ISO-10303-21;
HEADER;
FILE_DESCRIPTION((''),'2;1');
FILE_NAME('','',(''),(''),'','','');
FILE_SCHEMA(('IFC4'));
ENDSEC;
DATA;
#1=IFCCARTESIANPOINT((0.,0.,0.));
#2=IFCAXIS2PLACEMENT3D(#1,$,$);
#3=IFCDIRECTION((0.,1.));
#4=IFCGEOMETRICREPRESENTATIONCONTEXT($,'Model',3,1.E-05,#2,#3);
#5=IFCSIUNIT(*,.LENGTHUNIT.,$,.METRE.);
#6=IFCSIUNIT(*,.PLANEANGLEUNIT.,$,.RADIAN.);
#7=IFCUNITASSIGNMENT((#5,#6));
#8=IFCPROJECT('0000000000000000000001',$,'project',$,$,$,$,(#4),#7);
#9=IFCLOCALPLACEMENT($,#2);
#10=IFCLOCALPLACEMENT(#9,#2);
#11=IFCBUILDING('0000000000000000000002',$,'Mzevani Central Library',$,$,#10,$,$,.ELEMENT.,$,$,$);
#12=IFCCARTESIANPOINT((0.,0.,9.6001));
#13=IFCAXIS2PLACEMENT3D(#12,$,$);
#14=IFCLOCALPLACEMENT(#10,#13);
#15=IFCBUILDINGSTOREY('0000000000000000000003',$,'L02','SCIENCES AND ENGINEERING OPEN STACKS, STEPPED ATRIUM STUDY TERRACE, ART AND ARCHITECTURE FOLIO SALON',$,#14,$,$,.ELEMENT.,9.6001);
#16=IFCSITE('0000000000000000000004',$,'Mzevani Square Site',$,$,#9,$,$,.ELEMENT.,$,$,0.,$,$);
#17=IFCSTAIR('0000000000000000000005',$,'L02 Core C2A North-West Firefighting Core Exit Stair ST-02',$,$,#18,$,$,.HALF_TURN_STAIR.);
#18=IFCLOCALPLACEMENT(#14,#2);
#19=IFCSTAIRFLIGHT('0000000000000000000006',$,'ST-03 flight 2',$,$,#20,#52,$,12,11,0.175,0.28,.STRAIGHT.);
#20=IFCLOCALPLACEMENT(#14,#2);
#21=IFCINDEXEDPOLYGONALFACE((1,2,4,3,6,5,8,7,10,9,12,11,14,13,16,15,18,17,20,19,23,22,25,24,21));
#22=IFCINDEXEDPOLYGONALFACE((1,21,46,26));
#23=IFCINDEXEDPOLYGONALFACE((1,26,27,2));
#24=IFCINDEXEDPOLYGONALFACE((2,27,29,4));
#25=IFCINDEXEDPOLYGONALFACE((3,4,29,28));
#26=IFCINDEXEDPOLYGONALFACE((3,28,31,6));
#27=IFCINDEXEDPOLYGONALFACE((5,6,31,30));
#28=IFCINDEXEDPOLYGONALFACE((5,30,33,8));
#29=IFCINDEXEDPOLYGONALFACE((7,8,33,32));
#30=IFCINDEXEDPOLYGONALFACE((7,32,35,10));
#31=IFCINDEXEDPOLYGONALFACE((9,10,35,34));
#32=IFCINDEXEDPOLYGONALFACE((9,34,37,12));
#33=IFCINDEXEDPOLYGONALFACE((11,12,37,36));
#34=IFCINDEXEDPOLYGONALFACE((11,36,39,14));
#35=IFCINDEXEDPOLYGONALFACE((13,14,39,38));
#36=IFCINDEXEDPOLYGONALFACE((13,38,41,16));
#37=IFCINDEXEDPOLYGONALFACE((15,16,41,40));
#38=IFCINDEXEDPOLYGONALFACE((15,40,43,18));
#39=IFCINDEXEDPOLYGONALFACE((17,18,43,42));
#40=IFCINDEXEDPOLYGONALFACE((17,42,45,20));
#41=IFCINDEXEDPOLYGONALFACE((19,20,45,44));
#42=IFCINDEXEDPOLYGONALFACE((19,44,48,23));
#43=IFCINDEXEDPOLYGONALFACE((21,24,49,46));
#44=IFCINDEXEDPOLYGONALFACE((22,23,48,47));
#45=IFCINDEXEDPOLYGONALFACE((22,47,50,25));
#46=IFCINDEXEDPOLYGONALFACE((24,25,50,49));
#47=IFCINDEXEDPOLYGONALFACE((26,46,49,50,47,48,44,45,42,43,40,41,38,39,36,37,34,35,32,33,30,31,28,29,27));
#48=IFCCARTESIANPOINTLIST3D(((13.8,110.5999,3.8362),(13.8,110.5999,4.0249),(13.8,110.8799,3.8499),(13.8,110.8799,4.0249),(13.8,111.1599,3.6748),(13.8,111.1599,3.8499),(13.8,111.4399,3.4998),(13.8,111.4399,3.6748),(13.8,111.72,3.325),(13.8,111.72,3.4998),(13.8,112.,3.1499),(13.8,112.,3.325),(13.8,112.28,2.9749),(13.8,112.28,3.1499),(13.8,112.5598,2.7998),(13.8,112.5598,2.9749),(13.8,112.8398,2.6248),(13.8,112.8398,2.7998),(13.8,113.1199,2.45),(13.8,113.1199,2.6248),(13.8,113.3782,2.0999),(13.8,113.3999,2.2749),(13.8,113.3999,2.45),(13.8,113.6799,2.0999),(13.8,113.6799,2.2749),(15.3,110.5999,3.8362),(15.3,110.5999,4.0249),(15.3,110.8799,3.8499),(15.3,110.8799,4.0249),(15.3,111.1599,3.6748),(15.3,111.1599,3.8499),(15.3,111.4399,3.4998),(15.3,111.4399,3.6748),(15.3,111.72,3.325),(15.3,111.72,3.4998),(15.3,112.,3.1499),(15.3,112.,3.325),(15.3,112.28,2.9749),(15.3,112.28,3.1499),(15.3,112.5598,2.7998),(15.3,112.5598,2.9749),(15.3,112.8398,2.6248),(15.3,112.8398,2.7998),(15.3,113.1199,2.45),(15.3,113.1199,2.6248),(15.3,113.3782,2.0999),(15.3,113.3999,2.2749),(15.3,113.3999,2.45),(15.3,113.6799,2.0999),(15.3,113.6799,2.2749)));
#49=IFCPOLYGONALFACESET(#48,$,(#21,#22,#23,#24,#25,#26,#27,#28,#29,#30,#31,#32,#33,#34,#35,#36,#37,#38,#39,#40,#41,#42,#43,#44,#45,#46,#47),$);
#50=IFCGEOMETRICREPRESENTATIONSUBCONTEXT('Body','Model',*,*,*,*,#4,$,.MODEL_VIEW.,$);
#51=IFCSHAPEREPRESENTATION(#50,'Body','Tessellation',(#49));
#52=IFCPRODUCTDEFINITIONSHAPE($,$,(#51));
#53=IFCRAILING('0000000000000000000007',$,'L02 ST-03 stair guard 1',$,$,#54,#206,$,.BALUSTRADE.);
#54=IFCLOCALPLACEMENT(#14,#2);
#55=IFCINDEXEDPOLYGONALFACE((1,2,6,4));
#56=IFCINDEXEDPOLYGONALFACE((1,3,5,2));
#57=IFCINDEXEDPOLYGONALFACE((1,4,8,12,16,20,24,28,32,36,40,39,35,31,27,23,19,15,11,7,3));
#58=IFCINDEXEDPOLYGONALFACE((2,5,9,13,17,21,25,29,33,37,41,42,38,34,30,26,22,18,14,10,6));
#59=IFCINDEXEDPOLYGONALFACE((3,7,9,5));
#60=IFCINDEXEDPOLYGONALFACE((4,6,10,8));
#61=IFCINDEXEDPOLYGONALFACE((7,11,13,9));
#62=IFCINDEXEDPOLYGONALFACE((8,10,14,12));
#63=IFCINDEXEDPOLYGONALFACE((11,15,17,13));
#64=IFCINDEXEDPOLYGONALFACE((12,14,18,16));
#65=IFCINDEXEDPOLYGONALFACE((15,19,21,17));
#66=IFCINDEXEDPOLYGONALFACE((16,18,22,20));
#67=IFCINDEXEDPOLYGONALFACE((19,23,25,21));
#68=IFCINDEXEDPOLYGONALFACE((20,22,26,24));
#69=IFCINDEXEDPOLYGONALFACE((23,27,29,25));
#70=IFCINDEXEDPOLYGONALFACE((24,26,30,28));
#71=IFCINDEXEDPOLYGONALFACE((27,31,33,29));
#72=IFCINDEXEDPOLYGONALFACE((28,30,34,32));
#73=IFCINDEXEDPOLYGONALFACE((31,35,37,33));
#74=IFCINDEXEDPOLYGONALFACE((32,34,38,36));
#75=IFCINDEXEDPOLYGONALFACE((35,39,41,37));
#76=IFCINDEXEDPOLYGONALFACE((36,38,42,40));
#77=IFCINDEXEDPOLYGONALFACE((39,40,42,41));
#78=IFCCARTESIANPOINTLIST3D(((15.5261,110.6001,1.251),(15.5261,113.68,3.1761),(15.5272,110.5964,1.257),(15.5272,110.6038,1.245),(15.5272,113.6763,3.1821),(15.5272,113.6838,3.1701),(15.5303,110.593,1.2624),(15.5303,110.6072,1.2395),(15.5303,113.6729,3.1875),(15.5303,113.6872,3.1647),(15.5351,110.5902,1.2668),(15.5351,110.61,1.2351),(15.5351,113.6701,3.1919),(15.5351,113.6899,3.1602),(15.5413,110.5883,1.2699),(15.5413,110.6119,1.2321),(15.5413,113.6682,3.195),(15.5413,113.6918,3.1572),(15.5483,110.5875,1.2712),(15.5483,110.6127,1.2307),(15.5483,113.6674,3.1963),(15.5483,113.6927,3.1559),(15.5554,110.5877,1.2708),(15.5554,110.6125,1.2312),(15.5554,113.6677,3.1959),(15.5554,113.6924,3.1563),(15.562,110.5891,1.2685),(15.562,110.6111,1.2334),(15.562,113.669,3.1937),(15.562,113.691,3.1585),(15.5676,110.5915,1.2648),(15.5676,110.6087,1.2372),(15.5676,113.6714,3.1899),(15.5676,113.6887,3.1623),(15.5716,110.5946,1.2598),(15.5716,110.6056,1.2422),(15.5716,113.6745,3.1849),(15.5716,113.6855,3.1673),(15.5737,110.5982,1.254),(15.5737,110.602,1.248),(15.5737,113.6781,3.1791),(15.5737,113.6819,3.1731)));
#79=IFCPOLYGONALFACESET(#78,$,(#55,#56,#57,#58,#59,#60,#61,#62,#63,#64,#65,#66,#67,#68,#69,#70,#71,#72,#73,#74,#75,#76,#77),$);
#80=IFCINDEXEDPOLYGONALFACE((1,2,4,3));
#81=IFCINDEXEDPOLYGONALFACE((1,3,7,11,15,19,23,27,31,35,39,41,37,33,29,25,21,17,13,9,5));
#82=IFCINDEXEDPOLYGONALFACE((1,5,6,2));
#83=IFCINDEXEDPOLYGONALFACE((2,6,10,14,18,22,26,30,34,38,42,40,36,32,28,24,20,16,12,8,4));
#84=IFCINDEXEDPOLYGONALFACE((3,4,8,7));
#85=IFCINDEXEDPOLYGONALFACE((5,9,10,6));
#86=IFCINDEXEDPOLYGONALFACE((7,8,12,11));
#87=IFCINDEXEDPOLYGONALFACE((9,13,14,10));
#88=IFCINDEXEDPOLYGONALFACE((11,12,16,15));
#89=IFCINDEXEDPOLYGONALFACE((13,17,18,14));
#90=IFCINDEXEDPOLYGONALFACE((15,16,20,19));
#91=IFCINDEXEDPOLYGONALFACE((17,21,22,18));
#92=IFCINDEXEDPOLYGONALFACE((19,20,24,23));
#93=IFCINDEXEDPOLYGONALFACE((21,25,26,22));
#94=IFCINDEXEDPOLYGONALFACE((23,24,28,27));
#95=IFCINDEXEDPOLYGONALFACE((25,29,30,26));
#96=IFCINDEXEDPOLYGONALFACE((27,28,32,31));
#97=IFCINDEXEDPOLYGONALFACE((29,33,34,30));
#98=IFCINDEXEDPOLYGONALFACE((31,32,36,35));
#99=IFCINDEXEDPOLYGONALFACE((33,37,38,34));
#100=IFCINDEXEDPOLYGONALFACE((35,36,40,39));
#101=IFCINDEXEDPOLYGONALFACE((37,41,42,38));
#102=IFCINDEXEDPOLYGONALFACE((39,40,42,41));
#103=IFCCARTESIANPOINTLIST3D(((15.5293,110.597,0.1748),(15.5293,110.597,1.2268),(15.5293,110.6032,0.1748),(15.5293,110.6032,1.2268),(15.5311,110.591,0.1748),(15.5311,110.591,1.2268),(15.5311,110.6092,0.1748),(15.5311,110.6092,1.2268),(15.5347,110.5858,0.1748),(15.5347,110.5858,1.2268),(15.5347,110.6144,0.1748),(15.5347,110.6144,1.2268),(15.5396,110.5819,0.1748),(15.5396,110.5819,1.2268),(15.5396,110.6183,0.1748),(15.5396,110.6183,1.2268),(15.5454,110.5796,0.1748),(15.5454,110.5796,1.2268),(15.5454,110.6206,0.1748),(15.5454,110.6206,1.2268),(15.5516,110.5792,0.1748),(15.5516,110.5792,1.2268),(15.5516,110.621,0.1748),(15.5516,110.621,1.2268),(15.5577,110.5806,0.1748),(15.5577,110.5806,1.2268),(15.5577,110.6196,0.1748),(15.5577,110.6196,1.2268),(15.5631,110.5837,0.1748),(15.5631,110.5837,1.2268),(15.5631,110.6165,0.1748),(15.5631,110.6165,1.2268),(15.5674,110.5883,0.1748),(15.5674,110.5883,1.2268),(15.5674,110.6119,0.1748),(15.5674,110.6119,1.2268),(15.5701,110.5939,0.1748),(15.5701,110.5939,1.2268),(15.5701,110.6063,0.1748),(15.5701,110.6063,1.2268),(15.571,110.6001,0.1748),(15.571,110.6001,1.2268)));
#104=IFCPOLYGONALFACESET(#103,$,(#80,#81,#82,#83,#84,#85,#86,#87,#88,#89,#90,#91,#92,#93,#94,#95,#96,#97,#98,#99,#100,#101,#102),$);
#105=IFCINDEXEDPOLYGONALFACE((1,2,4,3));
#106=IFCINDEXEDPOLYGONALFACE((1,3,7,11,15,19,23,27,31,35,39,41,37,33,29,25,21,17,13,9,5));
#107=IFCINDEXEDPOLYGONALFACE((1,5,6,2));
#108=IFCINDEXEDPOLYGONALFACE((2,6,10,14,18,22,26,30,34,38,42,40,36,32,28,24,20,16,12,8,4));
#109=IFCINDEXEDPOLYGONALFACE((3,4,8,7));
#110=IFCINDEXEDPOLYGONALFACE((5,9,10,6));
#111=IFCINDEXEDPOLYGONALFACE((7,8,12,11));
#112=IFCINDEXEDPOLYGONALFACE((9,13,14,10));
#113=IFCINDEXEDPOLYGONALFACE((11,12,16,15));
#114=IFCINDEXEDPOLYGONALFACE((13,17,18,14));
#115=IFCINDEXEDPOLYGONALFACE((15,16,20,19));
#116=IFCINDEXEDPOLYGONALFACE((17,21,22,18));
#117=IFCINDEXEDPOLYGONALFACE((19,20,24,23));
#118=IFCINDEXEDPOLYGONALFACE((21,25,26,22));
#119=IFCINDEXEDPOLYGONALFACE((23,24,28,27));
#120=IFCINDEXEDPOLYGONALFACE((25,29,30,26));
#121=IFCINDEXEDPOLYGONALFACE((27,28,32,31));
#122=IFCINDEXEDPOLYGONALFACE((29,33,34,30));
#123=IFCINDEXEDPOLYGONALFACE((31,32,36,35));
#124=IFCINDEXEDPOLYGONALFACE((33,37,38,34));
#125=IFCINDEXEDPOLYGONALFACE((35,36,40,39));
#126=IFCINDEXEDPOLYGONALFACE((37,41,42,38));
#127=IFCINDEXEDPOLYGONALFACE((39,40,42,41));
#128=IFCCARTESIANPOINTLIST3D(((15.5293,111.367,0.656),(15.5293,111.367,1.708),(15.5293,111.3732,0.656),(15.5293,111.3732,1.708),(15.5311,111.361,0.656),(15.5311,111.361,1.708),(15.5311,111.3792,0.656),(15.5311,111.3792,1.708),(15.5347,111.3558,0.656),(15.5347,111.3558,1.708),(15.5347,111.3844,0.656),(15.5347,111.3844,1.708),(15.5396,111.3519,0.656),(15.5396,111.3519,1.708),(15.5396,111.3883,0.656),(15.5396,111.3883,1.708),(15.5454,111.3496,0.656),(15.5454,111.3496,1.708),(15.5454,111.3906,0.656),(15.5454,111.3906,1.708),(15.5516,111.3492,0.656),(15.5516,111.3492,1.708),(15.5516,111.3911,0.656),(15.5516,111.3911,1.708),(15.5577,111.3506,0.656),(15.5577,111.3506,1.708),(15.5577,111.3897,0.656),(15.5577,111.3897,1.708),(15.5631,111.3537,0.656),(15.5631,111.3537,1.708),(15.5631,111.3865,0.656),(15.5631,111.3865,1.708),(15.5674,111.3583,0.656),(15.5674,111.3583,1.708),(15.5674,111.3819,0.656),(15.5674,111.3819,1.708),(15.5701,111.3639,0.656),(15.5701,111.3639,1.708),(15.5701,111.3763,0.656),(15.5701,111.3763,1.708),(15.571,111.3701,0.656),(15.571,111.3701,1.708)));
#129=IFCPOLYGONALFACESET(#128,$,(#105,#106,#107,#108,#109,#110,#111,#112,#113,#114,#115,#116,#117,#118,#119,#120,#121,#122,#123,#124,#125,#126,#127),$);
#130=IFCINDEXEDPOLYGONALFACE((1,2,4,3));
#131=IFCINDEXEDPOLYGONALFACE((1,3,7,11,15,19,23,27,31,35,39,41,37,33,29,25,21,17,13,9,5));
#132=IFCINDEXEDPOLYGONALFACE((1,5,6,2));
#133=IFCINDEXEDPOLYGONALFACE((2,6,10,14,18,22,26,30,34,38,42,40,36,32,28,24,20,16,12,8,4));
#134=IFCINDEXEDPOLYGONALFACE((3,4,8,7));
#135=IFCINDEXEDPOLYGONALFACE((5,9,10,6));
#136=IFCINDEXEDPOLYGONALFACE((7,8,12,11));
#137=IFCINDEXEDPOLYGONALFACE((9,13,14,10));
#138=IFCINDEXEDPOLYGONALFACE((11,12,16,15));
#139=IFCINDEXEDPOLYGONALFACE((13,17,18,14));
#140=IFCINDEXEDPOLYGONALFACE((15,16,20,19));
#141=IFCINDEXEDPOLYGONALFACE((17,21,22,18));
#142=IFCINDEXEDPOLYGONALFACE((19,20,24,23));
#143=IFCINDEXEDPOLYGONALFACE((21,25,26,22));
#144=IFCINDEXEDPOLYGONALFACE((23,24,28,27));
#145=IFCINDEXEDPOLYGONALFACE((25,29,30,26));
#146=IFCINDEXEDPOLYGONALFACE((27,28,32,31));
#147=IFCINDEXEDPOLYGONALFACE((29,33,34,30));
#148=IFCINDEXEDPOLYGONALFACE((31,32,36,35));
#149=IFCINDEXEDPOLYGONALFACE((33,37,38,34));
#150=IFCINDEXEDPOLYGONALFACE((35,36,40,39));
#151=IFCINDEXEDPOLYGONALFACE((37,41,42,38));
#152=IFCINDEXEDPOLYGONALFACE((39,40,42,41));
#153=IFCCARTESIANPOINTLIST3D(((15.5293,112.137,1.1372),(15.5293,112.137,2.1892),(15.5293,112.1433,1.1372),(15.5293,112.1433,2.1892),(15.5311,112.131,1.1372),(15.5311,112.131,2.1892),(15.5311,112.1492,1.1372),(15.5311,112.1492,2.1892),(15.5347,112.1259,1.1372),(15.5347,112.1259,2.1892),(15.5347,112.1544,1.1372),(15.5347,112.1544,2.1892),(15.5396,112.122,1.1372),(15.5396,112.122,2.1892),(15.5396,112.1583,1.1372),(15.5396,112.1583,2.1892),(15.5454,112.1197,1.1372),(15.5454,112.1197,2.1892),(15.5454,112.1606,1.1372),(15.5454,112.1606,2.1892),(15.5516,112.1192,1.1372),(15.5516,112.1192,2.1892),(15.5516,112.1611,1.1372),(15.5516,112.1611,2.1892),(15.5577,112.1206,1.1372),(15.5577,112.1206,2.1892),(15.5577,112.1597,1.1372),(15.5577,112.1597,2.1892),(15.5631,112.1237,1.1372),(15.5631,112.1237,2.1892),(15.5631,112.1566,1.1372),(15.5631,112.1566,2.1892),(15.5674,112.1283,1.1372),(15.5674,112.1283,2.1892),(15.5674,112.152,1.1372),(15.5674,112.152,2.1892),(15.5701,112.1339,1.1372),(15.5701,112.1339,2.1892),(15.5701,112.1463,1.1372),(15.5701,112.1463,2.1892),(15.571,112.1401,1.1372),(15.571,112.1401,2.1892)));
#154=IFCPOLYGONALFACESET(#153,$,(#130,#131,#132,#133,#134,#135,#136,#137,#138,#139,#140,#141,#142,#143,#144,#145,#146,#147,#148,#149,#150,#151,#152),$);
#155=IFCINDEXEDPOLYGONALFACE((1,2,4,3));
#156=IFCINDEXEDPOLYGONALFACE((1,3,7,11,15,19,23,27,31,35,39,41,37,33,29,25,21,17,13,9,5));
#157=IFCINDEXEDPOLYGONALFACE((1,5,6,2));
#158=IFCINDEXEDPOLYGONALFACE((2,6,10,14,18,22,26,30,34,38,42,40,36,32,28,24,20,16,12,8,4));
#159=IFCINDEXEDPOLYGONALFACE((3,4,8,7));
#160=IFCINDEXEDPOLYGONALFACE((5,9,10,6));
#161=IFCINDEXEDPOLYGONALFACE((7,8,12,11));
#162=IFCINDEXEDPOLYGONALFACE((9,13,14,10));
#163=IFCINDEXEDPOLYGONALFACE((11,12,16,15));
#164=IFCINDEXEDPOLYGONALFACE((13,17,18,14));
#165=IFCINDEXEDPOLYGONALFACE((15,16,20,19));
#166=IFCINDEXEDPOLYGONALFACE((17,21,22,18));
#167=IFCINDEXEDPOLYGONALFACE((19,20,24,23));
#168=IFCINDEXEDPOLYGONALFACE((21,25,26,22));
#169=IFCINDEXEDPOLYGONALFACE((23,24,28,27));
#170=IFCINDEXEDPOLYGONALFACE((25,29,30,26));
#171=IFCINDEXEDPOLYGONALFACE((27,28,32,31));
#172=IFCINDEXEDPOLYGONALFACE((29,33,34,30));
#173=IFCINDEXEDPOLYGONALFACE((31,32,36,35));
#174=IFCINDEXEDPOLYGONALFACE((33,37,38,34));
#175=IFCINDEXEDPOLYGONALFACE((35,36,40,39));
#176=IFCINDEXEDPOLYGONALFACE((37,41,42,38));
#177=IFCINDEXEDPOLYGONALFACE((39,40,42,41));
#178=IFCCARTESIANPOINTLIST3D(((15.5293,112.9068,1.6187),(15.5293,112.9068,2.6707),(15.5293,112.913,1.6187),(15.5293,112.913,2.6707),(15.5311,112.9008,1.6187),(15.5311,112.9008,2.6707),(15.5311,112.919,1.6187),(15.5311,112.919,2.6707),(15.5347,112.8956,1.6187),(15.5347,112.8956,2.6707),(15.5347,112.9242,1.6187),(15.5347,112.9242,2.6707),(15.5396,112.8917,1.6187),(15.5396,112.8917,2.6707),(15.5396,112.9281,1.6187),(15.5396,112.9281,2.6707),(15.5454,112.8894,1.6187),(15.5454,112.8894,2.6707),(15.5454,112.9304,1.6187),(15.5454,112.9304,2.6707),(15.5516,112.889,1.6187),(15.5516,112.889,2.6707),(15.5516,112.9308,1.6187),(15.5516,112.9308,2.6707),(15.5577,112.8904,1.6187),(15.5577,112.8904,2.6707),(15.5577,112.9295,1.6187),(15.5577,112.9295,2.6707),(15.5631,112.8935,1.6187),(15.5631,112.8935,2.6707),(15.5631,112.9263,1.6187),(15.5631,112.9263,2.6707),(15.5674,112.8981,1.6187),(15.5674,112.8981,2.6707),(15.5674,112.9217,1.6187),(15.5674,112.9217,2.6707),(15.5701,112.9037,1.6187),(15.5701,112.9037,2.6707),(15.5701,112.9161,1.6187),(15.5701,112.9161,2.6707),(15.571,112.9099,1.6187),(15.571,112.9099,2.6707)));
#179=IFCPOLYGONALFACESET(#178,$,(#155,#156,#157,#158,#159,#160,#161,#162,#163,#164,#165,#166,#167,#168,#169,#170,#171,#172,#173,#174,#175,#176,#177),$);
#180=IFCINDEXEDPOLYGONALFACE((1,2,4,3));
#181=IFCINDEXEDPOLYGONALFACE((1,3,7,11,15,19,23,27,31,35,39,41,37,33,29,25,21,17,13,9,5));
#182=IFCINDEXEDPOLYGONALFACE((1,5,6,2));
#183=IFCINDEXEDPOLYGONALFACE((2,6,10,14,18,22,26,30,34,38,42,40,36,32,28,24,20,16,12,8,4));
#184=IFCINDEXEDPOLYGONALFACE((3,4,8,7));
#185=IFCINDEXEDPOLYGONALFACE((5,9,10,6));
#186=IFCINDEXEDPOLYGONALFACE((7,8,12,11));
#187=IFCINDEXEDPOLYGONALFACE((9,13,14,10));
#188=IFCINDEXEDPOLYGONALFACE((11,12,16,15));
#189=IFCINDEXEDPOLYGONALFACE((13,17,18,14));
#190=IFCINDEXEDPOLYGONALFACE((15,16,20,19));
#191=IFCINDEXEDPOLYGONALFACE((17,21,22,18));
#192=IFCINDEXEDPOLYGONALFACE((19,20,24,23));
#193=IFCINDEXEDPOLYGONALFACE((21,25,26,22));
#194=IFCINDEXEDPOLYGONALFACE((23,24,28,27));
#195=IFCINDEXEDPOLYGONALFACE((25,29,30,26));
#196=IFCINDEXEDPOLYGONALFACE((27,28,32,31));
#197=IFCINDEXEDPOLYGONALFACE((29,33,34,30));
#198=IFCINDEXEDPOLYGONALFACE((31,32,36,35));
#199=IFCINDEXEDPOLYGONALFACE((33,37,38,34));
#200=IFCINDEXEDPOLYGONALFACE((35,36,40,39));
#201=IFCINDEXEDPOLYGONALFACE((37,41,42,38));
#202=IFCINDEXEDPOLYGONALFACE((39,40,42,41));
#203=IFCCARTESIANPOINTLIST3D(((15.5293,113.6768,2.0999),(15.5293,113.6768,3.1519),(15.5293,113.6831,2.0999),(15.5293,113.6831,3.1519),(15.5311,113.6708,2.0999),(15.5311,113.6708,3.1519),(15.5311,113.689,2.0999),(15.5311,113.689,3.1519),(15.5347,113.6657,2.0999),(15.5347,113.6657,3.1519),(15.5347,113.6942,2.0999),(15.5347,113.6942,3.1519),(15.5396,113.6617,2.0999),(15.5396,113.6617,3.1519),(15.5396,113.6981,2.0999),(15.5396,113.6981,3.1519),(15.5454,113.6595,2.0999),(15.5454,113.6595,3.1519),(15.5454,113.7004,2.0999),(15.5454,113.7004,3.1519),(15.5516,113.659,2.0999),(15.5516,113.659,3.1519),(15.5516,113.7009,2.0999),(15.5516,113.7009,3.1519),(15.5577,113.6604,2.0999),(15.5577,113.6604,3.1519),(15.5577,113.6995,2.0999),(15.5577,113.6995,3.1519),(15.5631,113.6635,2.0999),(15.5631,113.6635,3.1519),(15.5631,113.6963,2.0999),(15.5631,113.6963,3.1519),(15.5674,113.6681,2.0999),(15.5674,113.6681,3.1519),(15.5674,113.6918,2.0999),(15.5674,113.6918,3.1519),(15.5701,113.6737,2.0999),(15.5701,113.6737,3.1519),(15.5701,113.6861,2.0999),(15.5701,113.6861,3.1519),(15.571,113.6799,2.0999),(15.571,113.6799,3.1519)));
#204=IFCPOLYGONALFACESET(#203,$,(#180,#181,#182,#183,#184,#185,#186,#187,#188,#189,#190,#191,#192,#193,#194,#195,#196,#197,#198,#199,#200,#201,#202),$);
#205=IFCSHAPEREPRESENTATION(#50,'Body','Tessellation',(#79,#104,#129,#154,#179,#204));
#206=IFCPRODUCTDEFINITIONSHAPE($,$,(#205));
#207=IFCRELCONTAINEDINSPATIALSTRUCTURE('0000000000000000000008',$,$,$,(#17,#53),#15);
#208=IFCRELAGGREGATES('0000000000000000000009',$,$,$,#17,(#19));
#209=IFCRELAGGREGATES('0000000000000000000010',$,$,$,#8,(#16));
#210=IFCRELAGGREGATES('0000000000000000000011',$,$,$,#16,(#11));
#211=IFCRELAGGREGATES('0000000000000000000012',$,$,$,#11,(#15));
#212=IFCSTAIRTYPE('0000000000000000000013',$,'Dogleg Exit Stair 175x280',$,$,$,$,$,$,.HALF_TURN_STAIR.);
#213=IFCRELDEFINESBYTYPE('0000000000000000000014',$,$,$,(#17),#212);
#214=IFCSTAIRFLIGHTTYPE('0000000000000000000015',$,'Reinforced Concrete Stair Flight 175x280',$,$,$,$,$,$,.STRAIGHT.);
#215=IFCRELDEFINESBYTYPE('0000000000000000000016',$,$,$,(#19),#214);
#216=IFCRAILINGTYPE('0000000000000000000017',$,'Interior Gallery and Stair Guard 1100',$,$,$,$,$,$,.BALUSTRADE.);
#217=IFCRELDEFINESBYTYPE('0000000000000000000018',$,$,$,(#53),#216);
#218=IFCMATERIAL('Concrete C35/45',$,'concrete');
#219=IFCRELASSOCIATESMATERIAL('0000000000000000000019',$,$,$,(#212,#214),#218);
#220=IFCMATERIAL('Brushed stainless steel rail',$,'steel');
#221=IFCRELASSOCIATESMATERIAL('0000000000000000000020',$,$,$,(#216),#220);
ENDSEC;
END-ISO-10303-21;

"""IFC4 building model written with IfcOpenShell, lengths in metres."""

from ifc_helpers import new_model, si_unit, direction, frame, origin, origin_2d, place, context, subcontext, project, spatial, polyline, circle, outline, extrude, material, type_object, element, aggregate, save


model = new_model("IFC4")

# Units and contexts
model_context = context("Model", 3, precision=1e-05, world=origin(), true_north=direction((0.0, 1.0)))
body_context = subcontext(model_context, "Body", "Model", "MODEL_VIEW")
ifc_project = project(units=[si_unit("LENGTHUNIT", "METRE"), si_unit("PLANEANGLEUNIT", "RADIAN")], contexts=[model_context])

# Site, building, storey
site_placement = place(None, origin())
site = spatial("IfcSite", under=ifc_project, at=site_placement, Name="Mzevani Square Site", CompositionType="ELEMENT", RefElevation=0.0)
building_placement = place(site_placement, origin())
building = spatial("IfcBuilding", under=site, at=building_placement, Name="Mzevani Central Library", CompositionType="ELEMENT")
storey_placement = place(building_placement, frame((0.0, 0.0, 9.6001)))
storey = spatial("IfcBuildingStorey", under=building, at=storey_placement, Name="L02", Description="SCIENCES AND ENGINEERING OPEN STACKS, STEPPED ATRIUM STUDY TERRACE, ART AND ARCHITECTURE FOLIO SALON", CompositionType="ELEMENT", Elevation=9.6001)

# Shared definitions
ifc_material_1 = material(Name="Concrete C35/45", Category="concrete")

# Stair, stair flight
stair_type = type_object("IfcStairType", Name="Dogleg Exit Stair 175x280", PredefinedType="HALF_TURN_STAIR", material=ifc_material_1)
stair_placement = place(storey_placement, origin())
stair = element("IfcStair", 1, at=stair_placement, inside=storey, type_object=stair_type, Name="L02 Core C2A North-West Firefighting Core Exit Stair ST-02", PredefinedType="HALF_TURN_STAIR")
stair_flight_type = type_object("IfcStairFlightType", Name="Reinforced Concrete Stair Flight 175x280", PredefinedType="STRAIGHT", material=ifc_material_1)
stair_flight_1_placement = place(storey_placement, frame((14.55, 113.6799, 2.0999), z_axis=(0.0, 0.0, 1.0), x_axis=(0.0, -1.0, 0.0)))
stair_flight_1 = element("IfcStairFlight", 2, at=stair_flight_1_placement, type_object=stair_flight_type, Name="ST-03 flight 2", NumberOfRisers=12, NumberOfTreads=11, PredefinedType="STRAIGHT", RiserHeight=0.175, TreadLength=0.28, context=body_context, shape_type="SweptSolid", body=[
    extrude(outline(polyline([(0.0, 0.0), (0.0, 0.175), (0.28, 0.175), (0.28, 0.3501), (0.5601, 0.3501), (0.5601, 0.5249), (0.8401, 0.5249), (0.8401, 0.7), (1.1201, 0.7), (1.1201, 0.875), (1.3999, 0.875), (1.3999, 1.05), (1.6799, 1.05), (1.6799, 1.2251), (1.96, 1.2251), (1.96, 1.3999), (2.24, 1.3999), (2.24, 1.575), (2.52, 1.575), (2.52, 1.75), (2.8, 1.75), (2.8, 1.925), (3.0801, 1.925), (3.0801, 2.1001), (3.0801, 1.7363), (0.3018, 0.0), (0.0, 0.0)])), frame((0.0, 0.75, 0.0), z_axis=(0.0, -1.0, 0.0), x_axis=(1.0, 0.0, 0.0)), (0.0, 0.0, 1.0), 1.5),
])
aggregate(stair, [stair_flight_1])

# Railing
ifc_material_2 = material(Name="Brushed stainless steel rail", Category="steel")
railing_type_1 = type_object("IfcRailingType", Name="Interior Gallery and Stair Guard 1100", PredefinedType="BALUSTRADE", material=ifc_material_2)
railing_1_placement = place(storey_placement, frame((15.55, 110.6001, 0.1748)))
element("IfcRailing", 3, at=railing_1_placement, inside=storey, type_object=railing_type_1, Name="L02 ST-03 stair guard 1", PredefinedType="BALUSTRADE", context=body_context, shape_type="SweptSolid", body=[
    extrude(circle(Radius=0.0239, at=origin_2d()), frame((0.0, 0.0, 1.0762), z_axis=(0.0, 0.847979, 0.530029), x_axis=(-1.0, 0.0, 0.0)), (0.0, 0.0, 1.0), 3.6321),
    extrude(circle(Radius=0.021, at=origin_2d()), origin(), (0.0, 0.0, 1.0), 1.052),
    extrude(circle(Radius=0.021, at=origin_2d()), frame((0.0, 0.77, 0.4812)), (0.0, 0.0, 1.0), 1.052),
    extrude(circle(Radius=0.021, at=origin_2d()), frame((0.0, 1.54, 0.9624)), (0.0, 0.0, 1.0), 1.052),
    extrude(circle(Radius=0.021, at=origin_2d()), frame((0.0, 2.3098, 1.4438)), (0.0, 0.0, 1.0), 1.052),
    extrude(circle(Radius=0.021, at=origin_2d()), frame((0.0, 3.0798, 1.925)), (0.0, 0.0, 1.0), 1.052),
])

save(model, "model.ifc")
